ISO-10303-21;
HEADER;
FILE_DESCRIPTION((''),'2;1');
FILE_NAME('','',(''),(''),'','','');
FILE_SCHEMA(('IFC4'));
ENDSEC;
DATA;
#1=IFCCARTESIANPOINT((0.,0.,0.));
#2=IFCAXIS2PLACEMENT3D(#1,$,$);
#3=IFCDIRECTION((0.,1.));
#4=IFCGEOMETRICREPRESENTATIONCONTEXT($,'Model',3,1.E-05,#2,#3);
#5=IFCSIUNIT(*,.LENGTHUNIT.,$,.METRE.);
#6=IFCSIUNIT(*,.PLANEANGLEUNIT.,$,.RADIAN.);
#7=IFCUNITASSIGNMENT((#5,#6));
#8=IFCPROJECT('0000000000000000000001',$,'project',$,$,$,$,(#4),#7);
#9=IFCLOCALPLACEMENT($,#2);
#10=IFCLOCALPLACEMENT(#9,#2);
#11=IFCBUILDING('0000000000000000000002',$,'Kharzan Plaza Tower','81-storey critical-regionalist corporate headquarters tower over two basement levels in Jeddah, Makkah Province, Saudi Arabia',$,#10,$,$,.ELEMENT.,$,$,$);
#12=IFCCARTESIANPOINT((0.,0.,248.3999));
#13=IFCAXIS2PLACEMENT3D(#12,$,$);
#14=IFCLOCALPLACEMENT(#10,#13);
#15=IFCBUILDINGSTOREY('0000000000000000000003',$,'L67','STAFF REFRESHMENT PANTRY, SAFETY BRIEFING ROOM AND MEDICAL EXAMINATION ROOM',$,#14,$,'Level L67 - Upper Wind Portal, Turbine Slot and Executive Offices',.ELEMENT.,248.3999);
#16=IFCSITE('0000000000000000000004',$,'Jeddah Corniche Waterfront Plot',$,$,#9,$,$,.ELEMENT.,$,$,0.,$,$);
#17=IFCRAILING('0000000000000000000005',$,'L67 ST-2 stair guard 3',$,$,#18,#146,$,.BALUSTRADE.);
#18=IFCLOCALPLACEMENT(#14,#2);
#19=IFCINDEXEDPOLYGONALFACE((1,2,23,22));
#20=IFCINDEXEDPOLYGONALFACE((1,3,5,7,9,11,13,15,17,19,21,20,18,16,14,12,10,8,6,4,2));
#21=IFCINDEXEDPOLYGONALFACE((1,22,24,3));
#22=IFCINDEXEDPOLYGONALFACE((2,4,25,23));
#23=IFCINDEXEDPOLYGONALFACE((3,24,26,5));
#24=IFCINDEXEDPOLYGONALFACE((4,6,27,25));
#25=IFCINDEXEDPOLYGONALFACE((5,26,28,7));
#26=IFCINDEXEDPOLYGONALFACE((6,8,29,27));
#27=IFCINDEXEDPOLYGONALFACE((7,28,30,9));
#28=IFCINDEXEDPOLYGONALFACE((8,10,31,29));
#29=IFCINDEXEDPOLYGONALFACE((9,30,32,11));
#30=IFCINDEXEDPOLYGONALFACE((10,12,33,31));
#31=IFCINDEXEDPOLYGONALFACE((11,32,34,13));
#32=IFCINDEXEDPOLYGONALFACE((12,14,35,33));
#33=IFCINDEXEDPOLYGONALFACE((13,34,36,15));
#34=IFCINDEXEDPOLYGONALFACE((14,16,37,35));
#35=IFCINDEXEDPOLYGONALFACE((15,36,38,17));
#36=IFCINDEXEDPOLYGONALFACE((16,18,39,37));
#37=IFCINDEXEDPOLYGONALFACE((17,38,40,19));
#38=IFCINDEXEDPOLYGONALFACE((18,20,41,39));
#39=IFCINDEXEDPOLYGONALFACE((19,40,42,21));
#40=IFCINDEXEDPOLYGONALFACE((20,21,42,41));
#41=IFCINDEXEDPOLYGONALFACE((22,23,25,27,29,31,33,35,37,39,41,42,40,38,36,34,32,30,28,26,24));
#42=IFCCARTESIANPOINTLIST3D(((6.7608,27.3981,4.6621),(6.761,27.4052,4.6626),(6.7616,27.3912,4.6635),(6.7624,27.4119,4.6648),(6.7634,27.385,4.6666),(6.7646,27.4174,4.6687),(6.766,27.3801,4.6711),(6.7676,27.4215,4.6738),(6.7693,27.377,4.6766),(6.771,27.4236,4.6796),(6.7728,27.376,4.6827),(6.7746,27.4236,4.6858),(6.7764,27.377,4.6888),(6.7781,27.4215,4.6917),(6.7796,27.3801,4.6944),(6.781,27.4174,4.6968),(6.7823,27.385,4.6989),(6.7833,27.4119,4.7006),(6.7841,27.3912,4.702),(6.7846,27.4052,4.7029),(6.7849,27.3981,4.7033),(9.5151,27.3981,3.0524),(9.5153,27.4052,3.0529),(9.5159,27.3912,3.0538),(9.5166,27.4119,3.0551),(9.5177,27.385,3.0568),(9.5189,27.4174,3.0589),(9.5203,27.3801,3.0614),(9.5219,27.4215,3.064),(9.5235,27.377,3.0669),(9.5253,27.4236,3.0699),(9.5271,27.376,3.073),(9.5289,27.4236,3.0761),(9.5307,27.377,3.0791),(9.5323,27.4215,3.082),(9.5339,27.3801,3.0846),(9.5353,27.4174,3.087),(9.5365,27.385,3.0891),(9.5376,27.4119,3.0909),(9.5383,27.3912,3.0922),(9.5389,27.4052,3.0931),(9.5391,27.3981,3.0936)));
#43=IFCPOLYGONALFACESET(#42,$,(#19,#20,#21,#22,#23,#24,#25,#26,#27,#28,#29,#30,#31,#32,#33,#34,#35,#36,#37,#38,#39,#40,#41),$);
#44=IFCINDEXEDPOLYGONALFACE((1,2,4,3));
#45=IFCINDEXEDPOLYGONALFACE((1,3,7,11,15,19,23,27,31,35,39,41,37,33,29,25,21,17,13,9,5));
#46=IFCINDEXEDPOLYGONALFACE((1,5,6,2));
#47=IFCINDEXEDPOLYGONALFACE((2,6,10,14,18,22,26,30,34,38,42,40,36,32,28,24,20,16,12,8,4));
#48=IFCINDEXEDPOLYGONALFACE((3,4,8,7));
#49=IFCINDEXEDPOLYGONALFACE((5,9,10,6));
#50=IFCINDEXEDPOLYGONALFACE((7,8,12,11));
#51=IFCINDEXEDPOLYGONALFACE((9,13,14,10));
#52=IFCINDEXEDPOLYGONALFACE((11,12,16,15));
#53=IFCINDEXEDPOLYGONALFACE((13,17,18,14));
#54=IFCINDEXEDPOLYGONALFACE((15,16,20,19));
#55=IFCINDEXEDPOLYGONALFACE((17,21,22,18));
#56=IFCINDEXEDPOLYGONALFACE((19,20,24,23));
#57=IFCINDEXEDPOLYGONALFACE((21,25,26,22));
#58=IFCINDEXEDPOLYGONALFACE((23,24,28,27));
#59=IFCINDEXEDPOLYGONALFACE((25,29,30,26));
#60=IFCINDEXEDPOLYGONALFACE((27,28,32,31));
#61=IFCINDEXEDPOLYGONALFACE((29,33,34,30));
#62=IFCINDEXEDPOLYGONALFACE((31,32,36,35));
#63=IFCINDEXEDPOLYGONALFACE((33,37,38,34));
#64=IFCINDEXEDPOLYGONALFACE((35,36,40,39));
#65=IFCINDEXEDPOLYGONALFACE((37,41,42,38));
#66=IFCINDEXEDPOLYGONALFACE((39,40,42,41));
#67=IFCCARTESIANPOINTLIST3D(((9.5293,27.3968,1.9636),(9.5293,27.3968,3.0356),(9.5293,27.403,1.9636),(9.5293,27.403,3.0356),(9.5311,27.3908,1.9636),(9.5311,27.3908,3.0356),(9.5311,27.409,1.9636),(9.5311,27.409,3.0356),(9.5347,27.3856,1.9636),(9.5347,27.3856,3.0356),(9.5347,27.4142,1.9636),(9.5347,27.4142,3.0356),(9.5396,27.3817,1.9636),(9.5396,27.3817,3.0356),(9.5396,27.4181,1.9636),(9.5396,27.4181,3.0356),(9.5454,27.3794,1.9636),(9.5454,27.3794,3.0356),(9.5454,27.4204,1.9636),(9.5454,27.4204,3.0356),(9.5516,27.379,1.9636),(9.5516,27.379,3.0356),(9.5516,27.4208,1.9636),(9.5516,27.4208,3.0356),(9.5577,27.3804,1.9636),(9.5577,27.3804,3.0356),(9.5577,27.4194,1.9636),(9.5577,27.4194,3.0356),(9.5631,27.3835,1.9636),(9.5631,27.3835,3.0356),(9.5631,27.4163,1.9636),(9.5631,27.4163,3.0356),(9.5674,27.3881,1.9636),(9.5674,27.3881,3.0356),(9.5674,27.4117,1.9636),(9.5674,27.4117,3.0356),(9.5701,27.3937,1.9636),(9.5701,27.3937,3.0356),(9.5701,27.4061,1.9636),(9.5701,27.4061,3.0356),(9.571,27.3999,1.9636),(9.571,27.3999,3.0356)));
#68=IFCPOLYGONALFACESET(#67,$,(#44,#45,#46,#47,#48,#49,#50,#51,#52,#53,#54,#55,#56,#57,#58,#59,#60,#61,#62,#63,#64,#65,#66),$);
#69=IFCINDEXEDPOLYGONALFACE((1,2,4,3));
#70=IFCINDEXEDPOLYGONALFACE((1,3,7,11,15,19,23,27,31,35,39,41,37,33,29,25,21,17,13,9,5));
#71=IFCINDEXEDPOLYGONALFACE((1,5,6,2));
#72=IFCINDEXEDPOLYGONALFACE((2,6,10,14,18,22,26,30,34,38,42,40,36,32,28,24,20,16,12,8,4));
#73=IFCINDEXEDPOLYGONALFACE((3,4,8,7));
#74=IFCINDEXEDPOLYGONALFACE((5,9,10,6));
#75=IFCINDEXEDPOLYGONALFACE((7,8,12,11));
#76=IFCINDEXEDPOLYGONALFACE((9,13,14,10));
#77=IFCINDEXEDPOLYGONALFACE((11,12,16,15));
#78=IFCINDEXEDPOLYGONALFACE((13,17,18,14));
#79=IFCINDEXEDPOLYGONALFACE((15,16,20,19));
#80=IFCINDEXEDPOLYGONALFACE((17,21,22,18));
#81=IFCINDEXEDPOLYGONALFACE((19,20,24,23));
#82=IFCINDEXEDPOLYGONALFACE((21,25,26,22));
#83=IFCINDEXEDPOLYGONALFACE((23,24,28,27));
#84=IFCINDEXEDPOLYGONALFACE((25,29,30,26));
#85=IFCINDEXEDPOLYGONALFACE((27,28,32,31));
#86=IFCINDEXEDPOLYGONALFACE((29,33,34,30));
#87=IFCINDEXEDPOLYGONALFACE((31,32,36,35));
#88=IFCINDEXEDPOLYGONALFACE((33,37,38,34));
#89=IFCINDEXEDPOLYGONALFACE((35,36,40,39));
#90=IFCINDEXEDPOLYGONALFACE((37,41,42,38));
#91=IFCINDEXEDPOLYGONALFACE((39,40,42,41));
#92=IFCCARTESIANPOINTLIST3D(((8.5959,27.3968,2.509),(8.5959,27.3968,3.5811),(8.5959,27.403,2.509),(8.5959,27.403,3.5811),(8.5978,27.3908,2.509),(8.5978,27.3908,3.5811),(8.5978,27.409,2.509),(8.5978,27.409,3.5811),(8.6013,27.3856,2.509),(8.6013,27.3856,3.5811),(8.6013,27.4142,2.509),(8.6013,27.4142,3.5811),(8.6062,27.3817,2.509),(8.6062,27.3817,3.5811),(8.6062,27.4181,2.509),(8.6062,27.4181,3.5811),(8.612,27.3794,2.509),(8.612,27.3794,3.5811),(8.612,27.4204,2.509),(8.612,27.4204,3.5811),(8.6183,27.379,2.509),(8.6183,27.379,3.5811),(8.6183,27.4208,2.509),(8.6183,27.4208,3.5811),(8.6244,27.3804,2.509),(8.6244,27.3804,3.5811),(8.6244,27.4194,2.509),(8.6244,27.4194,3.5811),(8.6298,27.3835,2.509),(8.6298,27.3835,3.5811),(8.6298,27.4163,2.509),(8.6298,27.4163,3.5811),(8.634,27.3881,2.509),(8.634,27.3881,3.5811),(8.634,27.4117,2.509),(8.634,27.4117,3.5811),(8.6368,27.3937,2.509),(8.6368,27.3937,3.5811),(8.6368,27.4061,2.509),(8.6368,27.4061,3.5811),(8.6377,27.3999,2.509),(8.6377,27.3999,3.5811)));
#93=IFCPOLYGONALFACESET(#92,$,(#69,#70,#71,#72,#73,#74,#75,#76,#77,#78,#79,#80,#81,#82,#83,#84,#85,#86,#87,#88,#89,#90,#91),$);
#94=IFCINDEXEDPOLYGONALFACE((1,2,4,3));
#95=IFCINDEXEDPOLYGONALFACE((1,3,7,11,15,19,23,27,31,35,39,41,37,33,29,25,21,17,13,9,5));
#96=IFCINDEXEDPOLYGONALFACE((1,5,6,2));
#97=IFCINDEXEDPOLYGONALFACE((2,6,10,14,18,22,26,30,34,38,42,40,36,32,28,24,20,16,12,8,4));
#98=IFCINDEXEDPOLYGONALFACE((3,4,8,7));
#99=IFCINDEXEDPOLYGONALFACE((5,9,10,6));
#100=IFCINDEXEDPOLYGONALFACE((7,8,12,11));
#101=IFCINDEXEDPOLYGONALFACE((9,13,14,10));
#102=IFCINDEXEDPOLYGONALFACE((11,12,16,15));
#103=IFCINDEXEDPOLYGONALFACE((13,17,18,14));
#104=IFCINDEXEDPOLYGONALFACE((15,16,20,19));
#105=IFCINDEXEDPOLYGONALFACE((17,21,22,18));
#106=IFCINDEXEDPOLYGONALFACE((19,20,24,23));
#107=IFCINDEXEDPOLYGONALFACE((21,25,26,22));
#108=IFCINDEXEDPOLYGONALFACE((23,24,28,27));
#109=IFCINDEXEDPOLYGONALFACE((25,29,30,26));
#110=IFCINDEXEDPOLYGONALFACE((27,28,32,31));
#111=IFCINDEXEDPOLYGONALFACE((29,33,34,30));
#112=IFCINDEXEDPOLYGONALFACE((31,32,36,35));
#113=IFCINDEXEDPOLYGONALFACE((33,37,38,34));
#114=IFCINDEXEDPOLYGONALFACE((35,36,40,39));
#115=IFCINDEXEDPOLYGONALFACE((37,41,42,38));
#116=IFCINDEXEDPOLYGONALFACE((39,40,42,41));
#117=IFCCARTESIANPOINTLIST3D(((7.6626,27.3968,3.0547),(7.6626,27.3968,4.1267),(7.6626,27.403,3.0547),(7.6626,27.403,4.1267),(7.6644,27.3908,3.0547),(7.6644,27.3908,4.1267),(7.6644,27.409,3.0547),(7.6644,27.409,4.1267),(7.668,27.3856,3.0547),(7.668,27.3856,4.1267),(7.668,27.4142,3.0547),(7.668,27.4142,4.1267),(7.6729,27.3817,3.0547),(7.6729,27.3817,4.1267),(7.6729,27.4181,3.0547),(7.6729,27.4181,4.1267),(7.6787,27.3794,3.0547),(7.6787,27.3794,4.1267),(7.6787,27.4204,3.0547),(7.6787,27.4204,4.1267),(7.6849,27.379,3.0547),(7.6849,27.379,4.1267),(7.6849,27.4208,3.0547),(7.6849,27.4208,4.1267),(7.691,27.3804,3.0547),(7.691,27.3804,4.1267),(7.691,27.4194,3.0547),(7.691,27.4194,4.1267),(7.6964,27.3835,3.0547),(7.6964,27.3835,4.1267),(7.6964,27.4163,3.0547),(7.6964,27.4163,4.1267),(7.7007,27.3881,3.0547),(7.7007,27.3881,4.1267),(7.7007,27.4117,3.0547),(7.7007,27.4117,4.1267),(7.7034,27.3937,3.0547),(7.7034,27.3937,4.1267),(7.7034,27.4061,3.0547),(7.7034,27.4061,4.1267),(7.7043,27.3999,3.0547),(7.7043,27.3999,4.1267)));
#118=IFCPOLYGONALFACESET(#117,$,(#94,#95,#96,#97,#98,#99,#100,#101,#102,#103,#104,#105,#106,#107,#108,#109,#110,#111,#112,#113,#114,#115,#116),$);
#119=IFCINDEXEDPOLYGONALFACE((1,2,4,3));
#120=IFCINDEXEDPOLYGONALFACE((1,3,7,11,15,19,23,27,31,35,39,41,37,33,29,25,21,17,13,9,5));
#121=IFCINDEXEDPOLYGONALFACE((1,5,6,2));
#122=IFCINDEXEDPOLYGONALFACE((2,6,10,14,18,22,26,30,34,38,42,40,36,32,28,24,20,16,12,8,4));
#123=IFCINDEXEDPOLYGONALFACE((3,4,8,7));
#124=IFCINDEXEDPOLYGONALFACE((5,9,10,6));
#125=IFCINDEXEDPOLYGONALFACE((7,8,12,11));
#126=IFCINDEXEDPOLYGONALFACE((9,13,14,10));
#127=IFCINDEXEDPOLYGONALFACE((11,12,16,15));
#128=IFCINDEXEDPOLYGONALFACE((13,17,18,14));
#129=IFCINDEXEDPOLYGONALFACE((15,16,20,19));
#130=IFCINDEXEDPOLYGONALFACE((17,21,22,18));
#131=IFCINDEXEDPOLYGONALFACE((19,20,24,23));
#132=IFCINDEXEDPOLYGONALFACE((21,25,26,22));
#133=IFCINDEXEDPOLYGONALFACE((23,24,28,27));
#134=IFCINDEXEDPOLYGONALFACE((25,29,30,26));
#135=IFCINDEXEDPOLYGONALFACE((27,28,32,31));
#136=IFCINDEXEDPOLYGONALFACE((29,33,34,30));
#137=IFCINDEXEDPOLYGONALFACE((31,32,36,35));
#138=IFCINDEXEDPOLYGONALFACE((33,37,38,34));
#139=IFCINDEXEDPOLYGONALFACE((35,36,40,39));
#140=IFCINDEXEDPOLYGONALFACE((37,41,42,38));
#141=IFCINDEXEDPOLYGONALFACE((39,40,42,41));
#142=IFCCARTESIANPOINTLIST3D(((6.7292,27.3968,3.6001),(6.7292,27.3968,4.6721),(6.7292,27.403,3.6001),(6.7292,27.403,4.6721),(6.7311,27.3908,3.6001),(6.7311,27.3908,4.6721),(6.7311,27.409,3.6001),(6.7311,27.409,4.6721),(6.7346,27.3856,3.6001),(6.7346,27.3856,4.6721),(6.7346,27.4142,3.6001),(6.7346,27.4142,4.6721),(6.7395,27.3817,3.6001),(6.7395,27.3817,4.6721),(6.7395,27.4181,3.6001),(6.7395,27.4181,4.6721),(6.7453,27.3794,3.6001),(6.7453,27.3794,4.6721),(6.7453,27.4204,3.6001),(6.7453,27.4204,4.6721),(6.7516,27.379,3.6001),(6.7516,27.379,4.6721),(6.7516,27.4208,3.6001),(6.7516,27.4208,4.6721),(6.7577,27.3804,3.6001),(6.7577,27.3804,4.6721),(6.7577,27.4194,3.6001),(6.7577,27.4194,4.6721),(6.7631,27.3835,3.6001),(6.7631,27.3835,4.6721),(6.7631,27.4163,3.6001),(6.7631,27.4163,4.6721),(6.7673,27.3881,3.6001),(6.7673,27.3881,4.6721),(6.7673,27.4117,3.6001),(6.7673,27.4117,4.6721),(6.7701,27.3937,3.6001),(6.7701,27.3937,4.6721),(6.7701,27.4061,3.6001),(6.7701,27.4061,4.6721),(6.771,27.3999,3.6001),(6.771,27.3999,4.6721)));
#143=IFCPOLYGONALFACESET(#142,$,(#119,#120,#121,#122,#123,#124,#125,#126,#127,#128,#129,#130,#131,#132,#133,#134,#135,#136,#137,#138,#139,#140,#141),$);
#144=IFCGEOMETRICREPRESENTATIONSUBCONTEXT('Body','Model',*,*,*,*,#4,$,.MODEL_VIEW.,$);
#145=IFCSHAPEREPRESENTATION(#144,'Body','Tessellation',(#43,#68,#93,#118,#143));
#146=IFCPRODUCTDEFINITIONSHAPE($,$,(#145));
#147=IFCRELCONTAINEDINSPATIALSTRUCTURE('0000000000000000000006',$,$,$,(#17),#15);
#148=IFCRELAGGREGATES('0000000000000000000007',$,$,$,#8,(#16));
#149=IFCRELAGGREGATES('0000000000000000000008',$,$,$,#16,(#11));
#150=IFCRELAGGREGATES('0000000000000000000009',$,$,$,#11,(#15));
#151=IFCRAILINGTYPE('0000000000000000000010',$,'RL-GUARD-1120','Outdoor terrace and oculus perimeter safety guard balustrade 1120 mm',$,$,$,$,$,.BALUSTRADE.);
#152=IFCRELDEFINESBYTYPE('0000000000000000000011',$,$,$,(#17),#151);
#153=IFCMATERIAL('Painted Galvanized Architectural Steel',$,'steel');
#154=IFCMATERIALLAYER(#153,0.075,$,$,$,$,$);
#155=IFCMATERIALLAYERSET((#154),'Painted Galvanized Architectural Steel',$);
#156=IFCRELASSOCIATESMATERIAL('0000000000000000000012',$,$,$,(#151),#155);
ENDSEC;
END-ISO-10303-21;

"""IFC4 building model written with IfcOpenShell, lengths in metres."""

from ifc_helpers import new_model, si_unit, direction, frame, origin, origin_2d, place, context, subcontext, project, spatial, circle, extrude, source, transform, mapped, material, layer, layer_set, type_object, element, save


model = new_model("IFC4")

# Units and contexts
model_context = context("Model", 3, precision=1e-05, world=origin(), true_north=direction((0.0, 1.0)))
body_context = subcontext(model_context, "Body", "Model", "MODEL_VIEW")
ifc_project = project(units=[si_unit("LENGTHUNIT", "METRE"), si_unit("PLANEANGLEUNIT", "RADIAN")], contexts=[model_context])

# Site, building, storey
site_placement = place(None, origin())
site = spatial("IfcSite", under=ifc_project, at=site_placement, Name="Jeddah Corniche Waterfront Plot", CompositionType="ELEMENT", RefElevation=0.0)
building_placement = place(site_placement, origin())
building = spatial("IfcBuilding", under=site, at=building_placement, Name="Kharzan Plaza Tower", Description="81-storey critical-regionalist corporate headquarters tower over two basement levels in Jeddah, Makkah Province, Saudi Arabia", CompositionType="ELEMENT")
storey_placement = place(building_placement, frame((0.0, 0.0, 248.3999)))
storey = spatial("IfcBuildingStorey", under=building, at=storey_placement, Name="L67", Description="STAFF REFRESHMENT PANTRY, SAFETY BRIEFING ROOM AND MEDICAL EXAMINATION ROOM", LongName="Level L67 - Upper Wind Portal, Turbine Slot and Executive Offices", CompositionType="ELEMENT", Elevation=248.3999)

# Railing
ifc_material_1 = material(Name="Painted Galvanized Architectural Steel", Category="steel")
ifc_layer_1 = layer(ifc_material_1, 0.075)
ifc_layer_set_1 = layer_set([ifc_layer_1], Name="Painted Galvanized Architectural Steel")
railing_type_1 = type_object("IfcRailingType", Name="RL-GUARD-1120", Description="Outdoor terrace and oculus perimeter safety guard balustrade 1120 mm", PredefinedType="BALUSTRADE", material=ifc_layer_set_1)
shared_shape_1 = source(origin(), body_context, "Body", "SweptSolid", [
    extrude(circle(Radius=0.0239, at=origin_2d()), frame((-0.0229, 0.0, 1.1094), z_axis=(-0.863361, 0.0, 0.504587), x_axis=(0.0, -1.0, 0.0)), (0.0, 0.0, 1.0), 3.1902),
    extrude(circle(Radius=0.021, at=origin_2d()), origin(), (0.0, 0.0, 1.0), 1.072),
    extrude(circle(Radius=0.021, at=origin_2d()), frame((-0.9333, 0.0, 0.5454)), (0.0, 0.0, 1.0), 1.072),
    extrude(circle(Radius=0.021, at=origin_2d()), frame((-1.8667, 0.0, 1.0911)), (0.0, 0.0, 1.0), 1.072),
    extrude(circle(Radius=0.021, at=origin_2d()), frame((-2.8, 0.0, 1.6365)), (0.0, 0.0, 1.0), 1.072),
])
railing_1_placement = place(storey_placement, frame((9.55, 27.3999, 1.9636)))
element("IfcRailing", 1, at=railing_1_placement, inside=storey, type_object=railing_type_1, Name="L67 ST-2 stair guard 3", PredefinedType="BALUSTRADE", context=body_context, shape_type="MappedRepresentation", body=[
    mapped(shared_shape_1, transform((0.0, 0.0, 0.0), x_axis=(1.0, 0.0, 0.0), y_axis=(0.0, 1.0, 0.0), z_axis=(0.0, 0.0, 1.0))),
])

save(model, "model.ifc")
